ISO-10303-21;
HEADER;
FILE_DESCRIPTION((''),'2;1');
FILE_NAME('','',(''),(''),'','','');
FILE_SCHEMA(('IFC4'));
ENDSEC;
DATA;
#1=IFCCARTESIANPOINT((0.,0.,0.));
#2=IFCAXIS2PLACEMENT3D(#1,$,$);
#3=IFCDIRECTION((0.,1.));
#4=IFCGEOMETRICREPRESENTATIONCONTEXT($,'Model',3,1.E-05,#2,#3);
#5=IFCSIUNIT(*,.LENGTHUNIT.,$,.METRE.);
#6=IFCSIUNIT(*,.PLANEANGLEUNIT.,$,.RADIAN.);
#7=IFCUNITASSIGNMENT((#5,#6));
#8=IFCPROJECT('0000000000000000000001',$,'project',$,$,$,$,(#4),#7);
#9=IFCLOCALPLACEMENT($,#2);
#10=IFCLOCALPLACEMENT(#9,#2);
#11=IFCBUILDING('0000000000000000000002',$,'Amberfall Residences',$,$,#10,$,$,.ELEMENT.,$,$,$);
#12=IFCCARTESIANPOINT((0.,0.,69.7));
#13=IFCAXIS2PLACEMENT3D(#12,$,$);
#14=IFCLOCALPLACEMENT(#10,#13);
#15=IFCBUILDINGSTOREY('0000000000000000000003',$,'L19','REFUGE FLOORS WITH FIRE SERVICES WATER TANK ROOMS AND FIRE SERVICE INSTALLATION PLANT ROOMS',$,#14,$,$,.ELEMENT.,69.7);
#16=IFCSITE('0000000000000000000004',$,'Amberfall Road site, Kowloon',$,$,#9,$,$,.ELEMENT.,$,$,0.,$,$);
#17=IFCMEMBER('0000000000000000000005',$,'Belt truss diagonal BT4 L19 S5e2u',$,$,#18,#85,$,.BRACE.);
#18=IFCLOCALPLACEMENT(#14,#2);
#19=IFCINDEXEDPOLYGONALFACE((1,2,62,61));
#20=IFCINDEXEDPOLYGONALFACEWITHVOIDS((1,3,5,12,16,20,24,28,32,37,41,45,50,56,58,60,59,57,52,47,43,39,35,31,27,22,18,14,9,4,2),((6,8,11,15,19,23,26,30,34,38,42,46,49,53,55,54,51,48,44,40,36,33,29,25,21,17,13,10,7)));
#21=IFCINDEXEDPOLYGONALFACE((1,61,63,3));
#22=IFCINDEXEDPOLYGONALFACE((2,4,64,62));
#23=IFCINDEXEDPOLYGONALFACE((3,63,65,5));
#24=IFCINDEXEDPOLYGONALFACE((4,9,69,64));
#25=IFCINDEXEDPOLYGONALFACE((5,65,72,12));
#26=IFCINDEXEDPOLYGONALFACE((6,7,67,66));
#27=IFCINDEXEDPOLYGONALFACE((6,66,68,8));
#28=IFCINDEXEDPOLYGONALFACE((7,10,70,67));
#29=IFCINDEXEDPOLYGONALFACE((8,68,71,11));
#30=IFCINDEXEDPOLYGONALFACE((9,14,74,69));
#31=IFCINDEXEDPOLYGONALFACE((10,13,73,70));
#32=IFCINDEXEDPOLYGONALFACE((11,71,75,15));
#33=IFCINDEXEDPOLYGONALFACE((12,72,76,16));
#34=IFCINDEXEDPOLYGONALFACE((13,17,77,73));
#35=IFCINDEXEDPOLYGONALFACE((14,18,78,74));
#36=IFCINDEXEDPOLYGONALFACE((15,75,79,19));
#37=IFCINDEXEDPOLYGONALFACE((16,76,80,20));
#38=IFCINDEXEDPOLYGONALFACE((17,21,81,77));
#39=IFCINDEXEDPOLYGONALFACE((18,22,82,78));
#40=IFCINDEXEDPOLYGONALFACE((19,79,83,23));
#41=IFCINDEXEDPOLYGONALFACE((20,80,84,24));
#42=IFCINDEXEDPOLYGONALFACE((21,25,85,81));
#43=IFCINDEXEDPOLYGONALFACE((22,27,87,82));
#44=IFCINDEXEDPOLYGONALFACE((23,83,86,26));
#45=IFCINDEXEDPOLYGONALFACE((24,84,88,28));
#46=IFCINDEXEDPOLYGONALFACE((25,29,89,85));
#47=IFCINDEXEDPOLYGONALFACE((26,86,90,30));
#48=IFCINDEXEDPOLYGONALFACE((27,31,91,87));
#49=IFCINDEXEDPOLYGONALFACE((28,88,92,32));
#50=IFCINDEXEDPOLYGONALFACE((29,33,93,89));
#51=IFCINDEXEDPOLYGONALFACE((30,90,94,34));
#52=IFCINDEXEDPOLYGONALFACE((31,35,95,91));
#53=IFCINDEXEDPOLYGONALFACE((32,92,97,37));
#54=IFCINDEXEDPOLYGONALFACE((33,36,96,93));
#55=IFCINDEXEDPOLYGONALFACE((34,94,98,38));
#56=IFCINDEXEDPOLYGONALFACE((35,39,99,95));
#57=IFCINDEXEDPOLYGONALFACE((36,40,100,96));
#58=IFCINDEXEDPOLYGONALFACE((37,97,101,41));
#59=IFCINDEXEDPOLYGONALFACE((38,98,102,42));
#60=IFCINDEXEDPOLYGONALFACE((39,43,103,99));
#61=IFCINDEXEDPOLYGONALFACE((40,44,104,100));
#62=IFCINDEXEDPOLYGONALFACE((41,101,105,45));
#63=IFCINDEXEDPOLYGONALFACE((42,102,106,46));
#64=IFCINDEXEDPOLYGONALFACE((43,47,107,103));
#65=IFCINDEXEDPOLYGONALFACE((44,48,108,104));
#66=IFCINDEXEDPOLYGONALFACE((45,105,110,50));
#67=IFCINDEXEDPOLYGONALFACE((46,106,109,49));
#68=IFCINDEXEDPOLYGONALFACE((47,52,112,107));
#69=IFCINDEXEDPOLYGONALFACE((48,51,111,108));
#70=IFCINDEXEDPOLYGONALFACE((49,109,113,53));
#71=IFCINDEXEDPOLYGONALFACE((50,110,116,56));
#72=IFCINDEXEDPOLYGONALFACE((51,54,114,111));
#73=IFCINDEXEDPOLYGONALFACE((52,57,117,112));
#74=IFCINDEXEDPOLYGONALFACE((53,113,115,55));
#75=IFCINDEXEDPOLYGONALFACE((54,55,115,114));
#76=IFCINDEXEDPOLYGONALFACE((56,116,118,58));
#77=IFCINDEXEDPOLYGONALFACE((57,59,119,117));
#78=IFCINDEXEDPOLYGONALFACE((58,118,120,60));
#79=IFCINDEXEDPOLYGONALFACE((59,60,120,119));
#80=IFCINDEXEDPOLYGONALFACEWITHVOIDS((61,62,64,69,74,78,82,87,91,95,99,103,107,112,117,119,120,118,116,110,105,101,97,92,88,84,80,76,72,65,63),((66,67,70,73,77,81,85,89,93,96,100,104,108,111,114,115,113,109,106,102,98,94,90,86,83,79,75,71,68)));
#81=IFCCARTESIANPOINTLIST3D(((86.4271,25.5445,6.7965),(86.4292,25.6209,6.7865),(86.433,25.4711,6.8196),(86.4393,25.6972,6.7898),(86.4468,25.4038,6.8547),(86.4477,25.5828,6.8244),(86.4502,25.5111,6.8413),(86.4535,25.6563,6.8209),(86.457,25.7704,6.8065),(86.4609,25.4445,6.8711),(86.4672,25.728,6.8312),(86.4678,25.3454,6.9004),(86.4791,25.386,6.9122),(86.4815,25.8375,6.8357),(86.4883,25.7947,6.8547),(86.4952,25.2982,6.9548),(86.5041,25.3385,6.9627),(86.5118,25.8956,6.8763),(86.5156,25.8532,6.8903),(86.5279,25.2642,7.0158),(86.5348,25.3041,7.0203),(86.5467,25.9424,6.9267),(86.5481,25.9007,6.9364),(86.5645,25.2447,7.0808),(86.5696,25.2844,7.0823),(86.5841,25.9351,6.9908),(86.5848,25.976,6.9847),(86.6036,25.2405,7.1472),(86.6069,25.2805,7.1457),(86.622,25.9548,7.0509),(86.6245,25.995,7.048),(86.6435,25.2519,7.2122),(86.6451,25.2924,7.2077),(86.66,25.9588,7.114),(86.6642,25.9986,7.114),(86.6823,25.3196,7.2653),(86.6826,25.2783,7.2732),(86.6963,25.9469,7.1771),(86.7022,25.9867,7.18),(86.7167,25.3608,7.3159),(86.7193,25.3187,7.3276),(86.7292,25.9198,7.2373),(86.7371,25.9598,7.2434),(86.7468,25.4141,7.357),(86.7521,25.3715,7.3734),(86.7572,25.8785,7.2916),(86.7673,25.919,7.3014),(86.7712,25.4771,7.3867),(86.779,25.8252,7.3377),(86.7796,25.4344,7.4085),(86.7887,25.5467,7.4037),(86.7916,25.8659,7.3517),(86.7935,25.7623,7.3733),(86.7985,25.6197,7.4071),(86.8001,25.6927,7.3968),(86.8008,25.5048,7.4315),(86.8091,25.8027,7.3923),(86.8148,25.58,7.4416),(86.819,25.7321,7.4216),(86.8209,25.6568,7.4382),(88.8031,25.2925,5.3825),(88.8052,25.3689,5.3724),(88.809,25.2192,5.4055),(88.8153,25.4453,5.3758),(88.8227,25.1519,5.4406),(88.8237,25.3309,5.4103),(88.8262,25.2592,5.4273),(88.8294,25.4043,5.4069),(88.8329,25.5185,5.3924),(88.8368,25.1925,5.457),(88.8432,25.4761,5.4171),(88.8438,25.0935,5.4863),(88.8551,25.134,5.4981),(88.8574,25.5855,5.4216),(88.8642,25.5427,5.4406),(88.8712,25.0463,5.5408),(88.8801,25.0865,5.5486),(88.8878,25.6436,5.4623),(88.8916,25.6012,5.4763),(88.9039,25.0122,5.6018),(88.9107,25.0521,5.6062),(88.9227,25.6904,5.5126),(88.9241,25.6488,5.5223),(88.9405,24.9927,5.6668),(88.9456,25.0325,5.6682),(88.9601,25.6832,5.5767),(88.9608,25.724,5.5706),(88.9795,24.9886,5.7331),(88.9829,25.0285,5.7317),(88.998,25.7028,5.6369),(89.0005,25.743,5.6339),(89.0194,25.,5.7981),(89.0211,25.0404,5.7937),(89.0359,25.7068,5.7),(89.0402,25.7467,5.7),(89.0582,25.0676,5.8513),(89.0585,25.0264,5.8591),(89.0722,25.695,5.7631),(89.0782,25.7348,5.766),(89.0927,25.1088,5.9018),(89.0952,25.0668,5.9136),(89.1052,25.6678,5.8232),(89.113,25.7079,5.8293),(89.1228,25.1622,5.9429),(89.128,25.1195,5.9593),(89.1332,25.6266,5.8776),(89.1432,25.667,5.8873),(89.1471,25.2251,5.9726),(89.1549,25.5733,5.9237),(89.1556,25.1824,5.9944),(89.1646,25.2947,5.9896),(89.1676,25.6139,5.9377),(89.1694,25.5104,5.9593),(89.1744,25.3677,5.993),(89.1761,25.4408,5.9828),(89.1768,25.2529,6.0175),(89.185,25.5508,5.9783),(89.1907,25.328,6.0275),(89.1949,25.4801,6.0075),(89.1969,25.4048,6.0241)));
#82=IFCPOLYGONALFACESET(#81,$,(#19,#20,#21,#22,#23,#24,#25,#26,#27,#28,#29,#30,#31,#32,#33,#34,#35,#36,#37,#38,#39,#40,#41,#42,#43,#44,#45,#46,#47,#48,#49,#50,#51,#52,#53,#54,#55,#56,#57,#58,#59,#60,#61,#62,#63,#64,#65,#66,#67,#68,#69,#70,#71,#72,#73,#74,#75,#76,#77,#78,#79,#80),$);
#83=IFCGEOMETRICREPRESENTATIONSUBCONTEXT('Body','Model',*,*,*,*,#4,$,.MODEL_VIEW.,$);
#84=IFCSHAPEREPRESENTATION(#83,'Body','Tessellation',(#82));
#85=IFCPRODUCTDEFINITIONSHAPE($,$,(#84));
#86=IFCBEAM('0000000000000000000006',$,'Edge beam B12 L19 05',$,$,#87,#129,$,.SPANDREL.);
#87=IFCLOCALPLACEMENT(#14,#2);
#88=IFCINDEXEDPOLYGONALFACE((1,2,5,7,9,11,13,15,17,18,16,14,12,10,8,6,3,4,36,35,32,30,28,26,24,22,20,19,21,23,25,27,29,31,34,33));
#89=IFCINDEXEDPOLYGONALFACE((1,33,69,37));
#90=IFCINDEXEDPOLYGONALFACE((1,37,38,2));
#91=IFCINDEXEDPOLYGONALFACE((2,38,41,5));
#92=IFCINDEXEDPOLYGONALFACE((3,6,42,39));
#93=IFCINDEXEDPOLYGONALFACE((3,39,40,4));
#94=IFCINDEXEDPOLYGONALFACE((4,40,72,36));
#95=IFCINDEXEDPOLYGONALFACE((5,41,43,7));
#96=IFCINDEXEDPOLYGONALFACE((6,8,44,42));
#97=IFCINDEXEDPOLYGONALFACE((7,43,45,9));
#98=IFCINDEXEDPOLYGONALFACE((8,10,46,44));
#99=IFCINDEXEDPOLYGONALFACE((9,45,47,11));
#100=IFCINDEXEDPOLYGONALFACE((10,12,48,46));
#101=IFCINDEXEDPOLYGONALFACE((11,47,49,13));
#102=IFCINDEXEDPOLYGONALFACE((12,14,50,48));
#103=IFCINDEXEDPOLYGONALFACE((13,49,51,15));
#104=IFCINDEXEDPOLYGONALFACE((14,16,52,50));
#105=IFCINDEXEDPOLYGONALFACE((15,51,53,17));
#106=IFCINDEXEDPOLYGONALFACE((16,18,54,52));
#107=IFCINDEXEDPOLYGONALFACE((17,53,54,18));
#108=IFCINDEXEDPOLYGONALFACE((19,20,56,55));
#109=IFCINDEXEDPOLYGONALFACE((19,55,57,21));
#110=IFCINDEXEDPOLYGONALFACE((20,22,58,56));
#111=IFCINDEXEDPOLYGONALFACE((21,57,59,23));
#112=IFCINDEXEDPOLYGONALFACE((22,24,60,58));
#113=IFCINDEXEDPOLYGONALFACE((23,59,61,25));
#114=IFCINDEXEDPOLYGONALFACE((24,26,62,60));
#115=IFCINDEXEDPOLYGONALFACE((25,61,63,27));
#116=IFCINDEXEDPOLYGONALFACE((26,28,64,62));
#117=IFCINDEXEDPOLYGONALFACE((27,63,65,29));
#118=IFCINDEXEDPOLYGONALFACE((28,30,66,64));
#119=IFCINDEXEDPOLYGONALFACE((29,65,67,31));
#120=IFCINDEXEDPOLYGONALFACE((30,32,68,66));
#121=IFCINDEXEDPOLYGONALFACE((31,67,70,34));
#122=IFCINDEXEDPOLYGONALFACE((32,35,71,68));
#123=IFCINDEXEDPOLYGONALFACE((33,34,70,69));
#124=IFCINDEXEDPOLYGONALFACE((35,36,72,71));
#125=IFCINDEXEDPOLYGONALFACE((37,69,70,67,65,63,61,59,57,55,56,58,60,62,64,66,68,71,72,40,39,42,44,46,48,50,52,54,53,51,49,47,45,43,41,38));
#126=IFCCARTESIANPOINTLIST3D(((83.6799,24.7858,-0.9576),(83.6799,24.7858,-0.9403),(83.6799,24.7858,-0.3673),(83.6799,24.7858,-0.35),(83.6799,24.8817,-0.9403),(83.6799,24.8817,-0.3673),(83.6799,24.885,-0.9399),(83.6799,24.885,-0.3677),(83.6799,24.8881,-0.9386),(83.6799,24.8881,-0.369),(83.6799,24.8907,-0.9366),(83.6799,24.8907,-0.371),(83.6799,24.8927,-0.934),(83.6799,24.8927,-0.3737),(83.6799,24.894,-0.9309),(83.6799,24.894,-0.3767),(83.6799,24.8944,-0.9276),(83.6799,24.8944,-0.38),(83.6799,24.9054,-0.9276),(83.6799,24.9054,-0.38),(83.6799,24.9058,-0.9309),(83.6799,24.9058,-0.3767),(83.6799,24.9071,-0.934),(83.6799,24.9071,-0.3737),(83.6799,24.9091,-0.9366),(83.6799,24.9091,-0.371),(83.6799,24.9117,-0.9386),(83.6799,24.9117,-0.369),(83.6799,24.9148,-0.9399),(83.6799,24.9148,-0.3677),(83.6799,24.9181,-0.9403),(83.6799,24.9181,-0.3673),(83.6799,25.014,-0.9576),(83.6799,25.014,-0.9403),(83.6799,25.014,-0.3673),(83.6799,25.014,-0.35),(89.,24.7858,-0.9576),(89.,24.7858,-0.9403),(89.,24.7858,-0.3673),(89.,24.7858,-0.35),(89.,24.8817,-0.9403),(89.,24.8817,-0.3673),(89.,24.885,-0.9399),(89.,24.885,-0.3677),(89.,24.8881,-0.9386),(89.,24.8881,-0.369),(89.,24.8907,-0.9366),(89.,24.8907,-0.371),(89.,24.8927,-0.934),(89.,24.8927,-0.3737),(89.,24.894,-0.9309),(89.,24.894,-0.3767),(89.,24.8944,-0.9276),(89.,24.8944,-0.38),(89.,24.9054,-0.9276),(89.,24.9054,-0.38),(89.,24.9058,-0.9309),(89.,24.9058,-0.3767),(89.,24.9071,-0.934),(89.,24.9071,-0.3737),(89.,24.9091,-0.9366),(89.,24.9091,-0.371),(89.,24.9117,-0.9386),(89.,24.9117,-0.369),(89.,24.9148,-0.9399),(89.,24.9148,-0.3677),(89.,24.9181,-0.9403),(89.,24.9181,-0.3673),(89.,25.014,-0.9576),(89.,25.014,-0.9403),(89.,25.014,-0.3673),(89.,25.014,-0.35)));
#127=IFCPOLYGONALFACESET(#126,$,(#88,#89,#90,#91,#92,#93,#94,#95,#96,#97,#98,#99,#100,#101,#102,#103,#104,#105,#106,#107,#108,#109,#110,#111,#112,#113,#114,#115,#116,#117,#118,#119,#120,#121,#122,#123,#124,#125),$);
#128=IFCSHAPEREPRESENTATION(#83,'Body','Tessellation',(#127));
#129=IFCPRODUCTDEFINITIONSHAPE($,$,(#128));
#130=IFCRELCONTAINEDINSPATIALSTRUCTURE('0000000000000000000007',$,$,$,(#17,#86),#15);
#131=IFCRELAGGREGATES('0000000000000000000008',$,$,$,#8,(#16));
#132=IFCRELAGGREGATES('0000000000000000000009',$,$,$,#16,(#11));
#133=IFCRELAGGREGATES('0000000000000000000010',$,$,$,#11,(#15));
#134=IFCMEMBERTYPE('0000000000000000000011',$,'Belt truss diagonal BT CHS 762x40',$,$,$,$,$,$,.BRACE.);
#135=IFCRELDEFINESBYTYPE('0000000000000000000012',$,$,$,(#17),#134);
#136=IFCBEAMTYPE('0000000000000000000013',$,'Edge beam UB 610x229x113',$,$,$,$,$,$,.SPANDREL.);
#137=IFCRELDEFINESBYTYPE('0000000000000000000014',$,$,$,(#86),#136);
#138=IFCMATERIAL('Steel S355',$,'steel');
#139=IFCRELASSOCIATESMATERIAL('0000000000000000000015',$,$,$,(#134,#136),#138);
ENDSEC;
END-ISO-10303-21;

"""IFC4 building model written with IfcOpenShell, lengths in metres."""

from ifc_helpers import new_model, si_unit, direction, frame, origin, origin_2d, place, context, subcontext, project, spatial, hollow_circle, i_section, extrude, material, material_profile, profile_set, type_object, element, save


model = new_model("IFC4")

# Units and contexts
model_context = context("Model", 3, precision=1e-05, world=origin(), true_north=direction((0.0, 1.0)))
body_context = subcontext(model_context, "Body", "Model", "MODEL_VIEW")
ifc_project = project(units=[si_unit("LENGTHUNIT", "METRE"), si_unit("PLANEANGLEUNIT", "RADIAN")], contexts=[model_context])

# Site, building, storey
site_placement = place(None, origin())
site = spatial("IfcSite", under=ifc_project, at=site_placement, Name="Amberfall Road site, Kowloon", CompositionType="ELEMENT", RefElevation=0.0)
building_placement = place(site_placement, origin())
building = spatial("IfcBuilding", under=site, at=building_placement, Name="Amberfall Residences", CompositionType="ELEMENT")
storey_placement = place(building_placement, frame((0.0, 0.0, 69.7)))
storey = spatial("IfcBuildingStorey", under=building, at=storey_placement, Name="L19", Description="REFUGE FLOORS WITH FIRE SERVICES WATER TANK ROOMS AND FIRE SERVICE INSTALLATION PLANT ROOMS", CompositionType="ELEMENT", Elevation=69.7)

# Shared definitions
ifc_material_1 = material(Name="Steel S355", Category="steel")

# Member
ifc_material_profile_1 = material_profile(ifc_material_1, hollow_circle(Radius=0.3811, WallThickness=0.04, at=origin_2d()), Name="CHS 762x40")
ifc_profile_set_1 = profile_set([ifc_material_profile_1], Name="Steel S355")
member_type = type_object("IfcMemberType", Name="Belt truss diagonal BT CHS 762x40", PredefinedType="BRACE", material=ifc_profile_set_1)
member_1_placement = place(storey_placement, frame((86.624, 25.6196, 7.114), z_axis=(0.85578, -0.090749, -0.509318), x_axis=(0.105451, 0.994425, 0.0)))
element("IfcMember", 1, at=member_1_placement, inside=storey, type_object=member_type, Name="Belt truss diagonal BT4 L19 S5e2u", PredefinedType="BRACE", context=body_context, shape_type="SweptSolid", body=[
    extrude(hollow_circle(Radius=0.3811, WallThickness=0.04, at=origin_2d()), origin(), (0.0, 0.0, 1.0), 2.7764),
])

# Beam
ifc_material_profile_2 = material_profile(ifc_material_1, i_section(OverallWidth=0.2283, OverallDepth=0.6077, WebThickness=0.011, FlangeThickness=0.0173, FilletRadius=0.0127, at=origin_2d()), Name="UB 610x229x113")
ifc_profile_set_2 = profile_set([ifc_material_profile_2], Name="Steel S355")
beam_type_1 = type_object("IfcBeamType", Name="Edge beam UB 610x229x113", PredefinedType="SPANDREL", material=ifc_profile_set_2)
beam_1_placement = place(storey_placement, frame((83.6799, 24.8999, -0.6538), z_axis=(1.0, 0.0, 0.0), x_axis=(0.0, 1.0, 0.0)))
element("IfcBeam", 2, at=beam_1_placement, inside=storey, type_object=beam_type_1, Name="Edge beam B12 L19 05", PredefinedType="SPANDREL", context=body_context, shape_type="SweptSolid", body=[
    extrude(i_section(OverallWidth=0.2283, OverallDepth=0.6077, WebThickness=0.011, FlangeThickness=0.0173, FilletRadius=0.0127, at=origin_2d()), origin(), (0.0, 0.0, 1.0), 5.3201),
])

save(model, "model.ifc")
